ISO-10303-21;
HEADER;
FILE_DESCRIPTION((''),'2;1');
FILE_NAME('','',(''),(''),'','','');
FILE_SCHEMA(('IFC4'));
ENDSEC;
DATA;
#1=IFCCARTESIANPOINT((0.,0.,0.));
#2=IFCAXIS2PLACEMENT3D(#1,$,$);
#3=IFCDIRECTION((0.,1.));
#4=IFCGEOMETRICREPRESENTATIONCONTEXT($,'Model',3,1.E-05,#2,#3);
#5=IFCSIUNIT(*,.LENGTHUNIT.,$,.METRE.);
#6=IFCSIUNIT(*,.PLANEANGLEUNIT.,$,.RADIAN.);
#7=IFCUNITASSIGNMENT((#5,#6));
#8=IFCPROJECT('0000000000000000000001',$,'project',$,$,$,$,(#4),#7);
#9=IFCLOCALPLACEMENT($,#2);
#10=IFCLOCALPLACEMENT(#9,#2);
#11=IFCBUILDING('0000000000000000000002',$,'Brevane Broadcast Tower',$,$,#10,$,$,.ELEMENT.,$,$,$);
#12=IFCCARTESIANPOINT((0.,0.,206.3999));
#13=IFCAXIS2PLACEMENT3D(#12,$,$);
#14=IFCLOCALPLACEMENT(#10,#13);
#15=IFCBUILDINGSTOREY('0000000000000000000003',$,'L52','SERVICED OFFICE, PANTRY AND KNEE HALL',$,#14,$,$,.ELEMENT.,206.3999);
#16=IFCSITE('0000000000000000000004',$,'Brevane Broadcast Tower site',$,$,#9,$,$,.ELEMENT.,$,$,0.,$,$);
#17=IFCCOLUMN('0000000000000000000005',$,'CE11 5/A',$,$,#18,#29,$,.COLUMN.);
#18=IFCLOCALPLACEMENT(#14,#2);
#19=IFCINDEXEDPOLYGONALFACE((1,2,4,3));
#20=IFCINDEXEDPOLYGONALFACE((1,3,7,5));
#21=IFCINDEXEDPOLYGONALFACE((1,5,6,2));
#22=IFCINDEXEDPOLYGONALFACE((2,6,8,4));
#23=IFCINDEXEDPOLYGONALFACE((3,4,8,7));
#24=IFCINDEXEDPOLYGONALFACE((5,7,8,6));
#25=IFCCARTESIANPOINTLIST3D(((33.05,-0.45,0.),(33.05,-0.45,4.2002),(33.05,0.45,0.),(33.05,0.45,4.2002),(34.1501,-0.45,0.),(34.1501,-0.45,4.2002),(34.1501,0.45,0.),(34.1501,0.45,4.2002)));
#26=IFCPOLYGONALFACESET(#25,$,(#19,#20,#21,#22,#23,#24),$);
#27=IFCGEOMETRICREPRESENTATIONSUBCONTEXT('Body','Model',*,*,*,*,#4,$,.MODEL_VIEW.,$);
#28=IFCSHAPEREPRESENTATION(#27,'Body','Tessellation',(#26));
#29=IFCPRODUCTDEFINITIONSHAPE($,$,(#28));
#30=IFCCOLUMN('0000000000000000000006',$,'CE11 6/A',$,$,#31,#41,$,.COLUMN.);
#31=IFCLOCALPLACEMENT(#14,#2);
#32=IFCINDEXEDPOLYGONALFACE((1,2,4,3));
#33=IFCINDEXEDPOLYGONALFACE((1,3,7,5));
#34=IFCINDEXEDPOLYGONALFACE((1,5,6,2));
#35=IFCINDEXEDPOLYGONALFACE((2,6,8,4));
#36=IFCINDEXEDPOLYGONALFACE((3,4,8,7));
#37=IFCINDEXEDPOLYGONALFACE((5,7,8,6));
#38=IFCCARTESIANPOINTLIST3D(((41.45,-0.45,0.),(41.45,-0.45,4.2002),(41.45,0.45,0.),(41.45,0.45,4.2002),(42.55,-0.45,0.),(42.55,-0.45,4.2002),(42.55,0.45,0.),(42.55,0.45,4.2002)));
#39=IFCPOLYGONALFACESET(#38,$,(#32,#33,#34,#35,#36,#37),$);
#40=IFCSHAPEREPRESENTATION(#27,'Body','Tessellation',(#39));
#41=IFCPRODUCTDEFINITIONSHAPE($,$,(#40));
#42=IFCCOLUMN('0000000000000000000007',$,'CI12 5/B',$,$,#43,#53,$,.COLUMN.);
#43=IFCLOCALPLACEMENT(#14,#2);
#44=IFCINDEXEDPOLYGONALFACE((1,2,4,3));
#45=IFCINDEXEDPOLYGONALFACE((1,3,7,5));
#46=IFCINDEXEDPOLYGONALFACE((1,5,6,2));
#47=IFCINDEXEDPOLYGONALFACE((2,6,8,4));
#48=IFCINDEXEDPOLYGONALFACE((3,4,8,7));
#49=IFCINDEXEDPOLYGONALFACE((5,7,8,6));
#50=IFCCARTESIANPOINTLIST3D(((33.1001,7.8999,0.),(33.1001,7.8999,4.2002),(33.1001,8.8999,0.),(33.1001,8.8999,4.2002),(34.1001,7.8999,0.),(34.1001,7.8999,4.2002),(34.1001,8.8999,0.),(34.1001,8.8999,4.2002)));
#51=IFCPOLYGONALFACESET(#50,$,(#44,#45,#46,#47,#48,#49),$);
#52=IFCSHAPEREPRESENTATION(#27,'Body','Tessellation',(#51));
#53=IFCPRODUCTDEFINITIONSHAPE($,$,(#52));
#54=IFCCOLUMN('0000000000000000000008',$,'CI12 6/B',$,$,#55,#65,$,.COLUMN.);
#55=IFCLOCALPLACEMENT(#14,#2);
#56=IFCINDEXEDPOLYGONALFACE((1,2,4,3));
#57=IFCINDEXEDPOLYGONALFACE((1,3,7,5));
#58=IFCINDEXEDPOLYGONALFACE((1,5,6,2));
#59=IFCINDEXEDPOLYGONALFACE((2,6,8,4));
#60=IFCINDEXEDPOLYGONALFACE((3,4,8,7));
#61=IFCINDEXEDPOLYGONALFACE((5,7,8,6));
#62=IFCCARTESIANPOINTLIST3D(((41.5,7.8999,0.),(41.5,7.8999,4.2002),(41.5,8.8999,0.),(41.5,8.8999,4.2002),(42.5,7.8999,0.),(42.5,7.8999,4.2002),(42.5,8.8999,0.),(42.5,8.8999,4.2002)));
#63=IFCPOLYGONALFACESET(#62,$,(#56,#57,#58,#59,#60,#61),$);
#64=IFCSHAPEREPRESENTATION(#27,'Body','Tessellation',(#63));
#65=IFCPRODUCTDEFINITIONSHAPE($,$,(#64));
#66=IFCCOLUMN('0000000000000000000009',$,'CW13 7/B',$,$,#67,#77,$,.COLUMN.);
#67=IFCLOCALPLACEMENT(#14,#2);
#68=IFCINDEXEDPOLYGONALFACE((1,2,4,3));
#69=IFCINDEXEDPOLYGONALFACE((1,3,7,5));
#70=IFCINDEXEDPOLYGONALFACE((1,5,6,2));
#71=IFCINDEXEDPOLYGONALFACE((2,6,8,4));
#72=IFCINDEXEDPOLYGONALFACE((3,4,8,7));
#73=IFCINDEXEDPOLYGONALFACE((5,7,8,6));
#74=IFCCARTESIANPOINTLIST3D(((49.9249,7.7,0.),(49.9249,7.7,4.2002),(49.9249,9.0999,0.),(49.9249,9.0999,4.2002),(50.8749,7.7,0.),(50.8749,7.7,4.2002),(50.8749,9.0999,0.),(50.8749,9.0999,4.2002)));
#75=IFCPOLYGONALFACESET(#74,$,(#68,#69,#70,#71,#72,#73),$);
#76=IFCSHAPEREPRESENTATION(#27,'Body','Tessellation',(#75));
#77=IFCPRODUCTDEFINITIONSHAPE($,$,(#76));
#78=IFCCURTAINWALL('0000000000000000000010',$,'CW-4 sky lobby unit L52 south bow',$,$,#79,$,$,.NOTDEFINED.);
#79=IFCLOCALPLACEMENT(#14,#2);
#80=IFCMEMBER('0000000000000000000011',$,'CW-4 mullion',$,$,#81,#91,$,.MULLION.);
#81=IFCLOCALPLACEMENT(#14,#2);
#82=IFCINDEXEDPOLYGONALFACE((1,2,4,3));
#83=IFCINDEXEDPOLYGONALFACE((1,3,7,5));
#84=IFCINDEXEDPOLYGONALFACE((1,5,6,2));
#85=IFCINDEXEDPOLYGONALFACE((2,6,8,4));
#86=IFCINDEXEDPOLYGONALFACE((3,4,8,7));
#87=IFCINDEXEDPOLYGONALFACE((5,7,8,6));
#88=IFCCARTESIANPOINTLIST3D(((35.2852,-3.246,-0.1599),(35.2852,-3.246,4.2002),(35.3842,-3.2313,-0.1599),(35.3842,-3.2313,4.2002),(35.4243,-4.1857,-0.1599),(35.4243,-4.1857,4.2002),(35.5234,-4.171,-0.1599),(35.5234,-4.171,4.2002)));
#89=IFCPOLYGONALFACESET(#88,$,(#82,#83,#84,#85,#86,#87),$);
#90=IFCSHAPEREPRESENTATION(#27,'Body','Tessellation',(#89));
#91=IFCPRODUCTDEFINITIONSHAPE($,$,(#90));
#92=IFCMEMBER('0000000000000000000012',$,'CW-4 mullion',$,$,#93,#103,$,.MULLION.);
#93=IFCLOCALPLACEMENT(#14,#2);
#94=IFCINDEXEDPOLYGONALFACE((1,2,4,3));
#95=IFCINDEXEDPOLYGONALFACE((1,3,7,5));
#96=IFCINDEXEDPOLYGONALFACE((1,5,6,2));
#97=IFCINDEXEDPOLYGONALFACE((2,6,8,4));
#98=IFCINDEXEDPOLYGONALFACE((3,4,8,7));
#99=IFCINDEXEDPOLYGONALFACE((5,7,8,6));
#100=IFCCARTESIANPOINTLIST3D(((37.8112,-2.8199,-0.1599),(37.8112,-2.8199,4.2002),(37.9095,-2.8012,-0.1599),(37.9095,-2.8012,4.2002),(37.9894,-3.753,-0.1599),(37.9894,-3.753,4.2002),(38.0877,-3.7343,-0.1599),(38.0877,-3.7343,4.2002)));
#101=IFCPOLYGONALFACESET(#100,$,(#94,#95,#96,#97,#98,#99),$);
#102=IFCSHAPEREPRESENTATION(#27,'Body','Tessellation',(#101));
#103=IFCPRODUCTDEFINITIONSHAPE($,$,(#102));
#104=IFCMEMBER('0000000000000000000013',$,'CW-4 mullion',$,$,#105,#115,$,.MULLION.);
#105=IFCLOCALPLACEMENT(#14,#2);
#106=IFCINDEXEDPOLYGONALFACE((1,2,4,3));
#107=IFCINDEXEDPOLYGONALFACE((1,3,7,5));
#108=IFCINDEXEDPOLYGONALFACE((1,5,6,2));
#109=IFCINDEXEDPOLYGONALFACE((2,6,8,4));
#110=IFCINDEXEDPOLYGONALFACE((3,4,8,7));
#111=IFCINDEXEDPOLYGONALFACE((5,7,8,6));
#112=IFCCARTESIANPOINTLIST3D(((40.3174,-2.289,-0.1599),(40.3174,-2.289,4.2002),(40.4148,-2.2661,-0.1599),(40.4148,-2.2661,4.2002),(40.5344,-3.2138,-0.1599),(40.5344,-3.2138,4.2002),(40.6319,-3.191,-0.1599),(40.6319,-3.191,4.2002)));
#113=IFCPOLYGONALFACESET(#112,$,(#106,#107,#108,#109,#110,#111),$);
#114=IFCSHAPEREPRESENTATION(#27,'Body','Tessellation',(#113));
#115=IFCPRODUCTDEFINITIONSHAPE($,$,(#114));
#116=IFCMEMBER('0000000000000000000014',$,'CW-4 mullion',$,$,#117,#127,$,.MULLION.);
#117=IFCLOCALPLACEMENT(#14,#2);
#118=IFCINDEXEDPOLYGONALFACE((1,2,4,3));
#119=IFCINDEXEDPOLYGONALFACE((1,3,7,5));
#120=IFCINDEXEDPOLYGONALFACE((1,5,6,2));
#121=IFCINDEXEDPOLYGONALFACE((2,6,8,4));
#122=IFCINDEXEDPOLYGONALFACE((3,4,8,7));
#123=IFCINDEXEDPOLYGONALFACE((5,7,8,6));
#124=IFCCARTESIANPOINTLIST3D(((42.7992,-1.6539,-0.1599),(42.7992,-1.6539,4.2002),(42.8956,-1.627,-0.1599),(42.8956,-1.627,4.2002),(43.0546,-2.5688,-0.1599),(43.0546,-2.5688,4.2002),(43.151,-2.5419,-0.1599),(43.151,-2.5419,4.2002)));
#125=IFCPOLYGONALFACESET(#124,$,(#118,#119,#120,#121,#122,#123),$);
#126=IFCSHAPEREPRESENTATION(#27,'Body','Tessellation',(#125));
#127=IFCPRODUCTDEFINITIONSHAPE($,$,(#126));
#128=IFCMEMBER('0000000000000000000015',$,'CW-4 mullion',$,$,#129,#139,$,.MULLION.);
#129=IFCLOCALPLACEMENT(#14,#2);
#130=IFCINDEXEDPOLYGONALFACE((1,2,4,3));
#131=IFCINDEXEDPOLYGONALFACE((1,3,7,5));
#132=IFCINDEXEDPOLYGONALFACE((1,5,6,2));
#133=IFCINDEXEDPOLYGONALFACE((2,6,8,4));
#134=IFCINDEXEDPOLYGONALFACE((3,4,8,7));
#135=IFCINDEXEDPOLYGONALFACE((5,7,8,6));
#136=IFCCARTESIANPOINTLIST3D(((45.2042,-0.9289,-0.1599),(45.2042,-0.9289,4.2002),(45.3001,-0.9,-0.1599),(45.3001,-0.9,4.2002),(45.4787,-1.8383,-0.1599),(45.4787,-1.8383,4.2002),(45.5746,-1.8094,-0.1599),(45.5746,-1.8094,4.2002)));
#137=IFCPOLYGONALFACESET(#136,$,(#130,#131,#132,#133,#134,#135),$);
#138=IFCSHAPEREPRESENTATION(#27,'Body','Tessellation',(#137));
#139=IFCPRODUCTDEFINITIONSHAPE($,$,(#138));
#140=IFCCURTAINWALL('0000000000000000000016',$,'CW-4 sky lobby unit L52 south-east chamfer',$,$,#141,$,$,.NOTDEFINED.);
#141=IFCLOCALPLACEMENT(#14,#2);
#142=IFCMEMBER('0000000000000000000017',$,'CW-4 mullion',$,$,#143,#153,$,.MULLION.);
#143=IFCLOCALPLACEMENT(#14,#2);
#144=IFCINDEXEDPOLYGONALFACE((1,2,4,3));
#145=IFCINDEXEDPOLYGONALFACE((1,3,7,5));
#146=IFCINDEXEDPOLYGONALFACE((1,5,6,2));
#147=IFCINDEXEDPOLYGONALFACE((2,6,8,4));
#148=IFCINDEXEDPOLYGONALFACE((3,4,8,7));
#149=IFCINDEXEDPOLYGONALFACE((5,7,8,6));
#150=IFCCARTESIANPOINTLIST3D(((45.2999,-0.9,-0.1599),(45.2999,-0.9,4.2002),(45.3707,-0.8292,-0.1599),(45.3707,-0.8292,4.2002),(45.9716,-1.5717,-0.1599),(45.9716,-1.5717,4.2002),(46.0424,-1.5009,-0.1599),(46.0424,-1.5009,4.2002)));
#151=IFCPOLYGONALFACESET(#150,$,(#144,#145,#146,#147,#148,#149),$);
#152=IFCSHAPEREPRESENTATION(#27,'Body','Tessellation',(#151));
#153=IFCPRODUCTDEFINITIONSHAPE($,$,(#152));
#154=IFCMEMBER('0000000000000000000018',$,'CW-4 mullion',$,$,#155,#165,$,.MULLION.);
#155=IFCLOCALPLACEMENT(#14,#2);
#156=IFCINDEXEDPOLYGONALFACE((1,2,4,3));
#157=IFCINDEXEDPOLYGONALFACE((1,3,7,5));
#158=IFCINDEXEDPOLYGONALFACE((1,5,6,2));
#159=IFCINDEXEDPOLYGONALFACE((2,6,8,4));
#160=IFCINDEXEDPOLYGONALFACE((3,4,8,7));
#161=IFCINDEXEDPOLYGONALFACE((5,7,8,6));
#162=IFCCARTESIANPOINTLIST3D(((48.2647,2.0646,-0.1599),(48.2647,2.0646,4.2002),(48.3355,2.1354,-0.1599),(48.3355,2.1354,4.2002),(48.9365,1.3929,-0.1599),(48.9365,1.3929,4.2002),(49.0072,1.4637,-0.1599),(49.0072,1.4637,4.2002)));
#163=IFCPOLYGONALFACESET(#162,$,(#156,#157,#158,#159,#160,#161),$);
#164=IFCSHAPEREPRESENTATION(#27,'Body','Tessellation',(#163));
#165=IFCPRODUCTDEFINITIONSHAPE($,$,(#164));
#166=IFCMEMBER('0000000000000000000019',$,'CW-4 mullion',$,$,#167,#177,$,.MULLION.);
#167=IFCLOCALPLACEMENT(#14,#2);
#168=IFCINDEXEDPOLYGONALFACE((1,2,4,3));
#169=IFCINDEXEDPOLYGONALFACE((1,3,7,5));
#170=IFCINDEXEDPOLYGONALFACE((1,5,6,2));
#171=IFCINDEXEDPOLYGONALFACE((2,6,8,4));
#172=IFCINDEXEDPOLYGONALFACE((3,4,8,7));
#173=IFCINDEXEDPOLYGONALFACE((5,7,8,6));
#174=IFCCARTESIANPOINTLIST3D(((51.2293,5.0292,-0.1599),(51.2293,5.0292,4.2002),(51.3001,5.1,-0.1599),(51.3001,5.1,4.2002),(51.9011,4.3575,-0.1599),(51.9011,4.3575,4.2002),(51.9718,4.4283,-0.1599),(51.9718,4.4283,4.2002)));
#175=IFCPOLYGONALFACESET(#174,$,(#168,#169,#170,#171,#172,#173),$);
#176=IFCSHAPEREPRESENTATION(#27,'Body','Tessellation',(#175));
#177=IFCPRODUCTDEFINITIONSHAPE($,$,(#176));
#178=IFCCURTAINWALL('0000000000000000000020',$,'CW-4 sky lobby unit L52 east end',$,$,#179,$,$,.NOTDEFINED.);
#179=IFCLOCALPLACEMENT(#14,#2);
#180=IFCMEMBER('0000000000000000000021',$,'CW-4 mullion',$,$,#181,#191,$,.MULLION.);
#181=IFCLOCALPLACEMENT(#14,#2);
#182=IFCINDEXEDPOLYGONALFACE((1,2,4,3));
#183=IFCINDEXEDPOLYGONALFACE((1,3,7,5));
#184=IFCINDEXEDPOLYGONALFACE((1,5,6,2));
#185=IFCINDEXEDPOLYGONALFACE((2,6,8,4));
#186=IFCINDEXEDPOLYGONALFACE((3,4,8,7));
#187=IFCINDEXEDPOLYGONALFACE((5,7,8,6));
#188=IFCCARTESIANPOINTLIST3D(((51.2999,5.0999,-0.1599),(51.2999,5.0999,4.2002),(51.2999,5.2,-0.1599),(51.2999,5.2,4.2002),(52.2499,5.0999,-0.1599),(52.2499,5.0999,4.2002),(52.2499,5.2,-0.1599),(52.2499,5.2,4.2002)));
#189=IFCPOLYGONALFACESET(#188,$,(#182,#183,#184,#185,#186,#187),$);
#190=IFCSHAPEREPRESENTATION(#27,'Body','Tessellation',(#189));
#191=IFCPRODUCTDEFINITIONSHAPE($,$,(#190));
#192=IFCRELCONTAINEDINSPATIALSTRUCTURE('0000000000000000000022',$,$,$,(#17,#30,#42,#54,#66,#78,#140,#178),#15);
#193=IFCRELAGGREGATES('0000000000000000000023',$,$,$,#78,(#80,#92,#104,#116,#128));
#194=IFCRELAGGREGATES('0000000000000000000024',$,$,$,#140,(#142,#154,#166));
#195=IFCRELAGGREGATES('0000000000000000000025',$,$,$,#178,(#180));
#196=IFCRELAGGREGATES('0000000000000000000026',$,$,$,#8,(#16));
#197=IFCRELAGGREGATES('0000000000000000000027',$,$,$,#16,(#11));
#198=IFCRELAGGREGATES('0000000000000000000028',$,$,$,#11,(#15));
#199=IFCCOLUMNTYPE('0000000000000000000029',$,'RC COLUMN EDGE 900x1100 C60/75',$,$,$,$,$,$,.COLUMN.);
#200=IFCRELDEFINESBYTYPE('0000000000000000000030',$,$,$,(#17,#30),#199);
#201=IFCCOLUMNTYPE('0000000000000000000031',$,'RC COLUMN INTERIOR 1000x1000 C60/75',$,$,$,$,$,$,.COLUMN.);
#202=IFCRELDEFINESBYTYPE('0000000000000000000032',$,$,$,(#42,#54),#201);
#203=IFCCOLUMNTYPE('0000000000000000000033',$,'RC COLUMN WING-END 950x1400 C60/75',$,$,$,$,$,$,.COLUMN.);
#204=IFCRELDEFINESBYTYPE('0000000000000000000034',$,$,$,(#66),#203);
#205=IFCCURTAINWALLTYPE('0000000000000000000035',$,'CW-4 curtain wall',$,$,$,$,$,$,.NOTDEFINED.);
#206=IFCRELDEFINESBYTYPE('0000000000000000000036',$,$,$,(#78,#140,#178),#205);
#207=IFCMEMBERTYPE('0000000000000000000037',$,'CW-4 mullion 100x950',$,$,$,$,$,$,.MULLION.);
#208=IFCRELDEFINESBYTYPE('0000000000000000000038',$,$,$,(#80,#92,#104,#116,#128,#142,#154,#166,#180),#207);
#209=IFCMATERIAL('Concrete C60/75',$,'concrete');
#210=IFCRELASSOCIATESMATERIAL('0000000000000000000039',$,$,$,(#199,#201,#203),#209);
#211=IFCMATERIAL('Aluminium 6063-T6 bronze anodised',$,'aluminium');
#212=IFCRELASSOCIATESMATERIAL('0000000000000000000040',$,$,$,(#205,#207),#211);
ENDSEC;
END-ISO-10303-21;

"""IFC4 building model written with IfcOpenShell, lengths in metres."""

from ifc_helpers import new_model, si_unit, direction, frame, origin, origin_2d, place, context, subcontext, project, spatial, rectangle, extrude, material, material_profile, profile_set, type_object, element, aggregate, save


model = new_model("IFC4")

# Units and contexts
model_context = context("Model", 3, precision=1e-05, world=origin(), true_north=direction((0.0, 1.0)))
body_context = subcontext(model_context, "Body", "Model", "MODEL_VIEW")
ifc_project = project(units=[si_unit("LENGTHUNIT", "METRE"), si_unit("PLANEANGLEUNIT", "RADIAN")], contexts=[model_context])

# Site, building, storey
site_placement = place(None, origin())
site = spatial("IfcSite", under=ifc_project, at=site_placement, Name="Brevane Broadcast Tower site", CompositionType="ELEMENT", RefElevation=0.0)
building_placement = place(site_placement, origin())
building = spatial("IfcBuilding", under=site, at=building_placement, Name="Brevane Broadcast Tower", CompositionType="ELEMENT")
storey_placement = place(building_placement, frame((0.0, 0.0, 206.3999)))
storey = spatial("IfcBuildingStorey", under=building, at=storey_placement, Name="L52", Description="SERVICED OFFICE, PANTRY AND KNEE HALL", CompositionType="ELEMENT", Elevation=206.3999)

# Columns
ifc_material_1 = material(Name="Concrete C60/75", Category="concrete")
ifc_material_profile_1 = material_profile(ifc_material_1, rectangle(XDim=0.8999, YDim=1.1001, at=origin_2d()), Name="RC 900x1100")
ifc_profile_set_1 = profile_set([ifc_material_profile_1], Name="Concrete C60/75")
column_type_1 = type_object("IfcColumnType", Name="RC COLUMN EDGE 900x1100 C60/75", PredefinedType="COLUMN", material=ifc_profile_set_1)
for number, where, z_axis, x_axis, name in (
    (1, (33.6001, 0.0, 0.0), (0.0, 0.0, 1.0), (0.0, 1.0, 0.0), "CE11 5/A"),
    (2, (42.0, 0.0, 0.0), (0.0, 0.0, 1.0), (0.0, 1.0, 0.0), "CE11 6/A"),
):
    element("IfcColumn", number, at=place(storey_placement, frame(where, z_axis=z_axis, x_axis=x_axis)), inside=storey, type_object=column_type_1, Name=name, PredefinedType="COLUMN", context=body_context, shape_type="SweptSolid", body=[
        extrude(rectangle(XDim=0.8999, YDim=1.1001, at=origin_2d()), origin(), (0.0, 0.0, 1.0), 4.2002),
    ])
ifc_material_profile_2 = material_profile(ifc_material_1, rectangle(XDim=1.0, YDim=1.0, at=origin_2d()), Name="RC 1000x1000")
ifc_profile_set_2 = profile_set([ifc_material_profile_2], Name="Concrete C60/75")
column_type_2 = type_object("IfcColumnType", Name="RC COLUMN INTERIOR 1000x1000 C60/75", PredefinedType="COLUMN", material=ifc_profile_set_2)
for number, where, z_axis, x_axis, name in (
    (3, (33.6001, 8.3999, 0.0), (0.0, 0.0, 1.0), (1.0, 0.0, 0.0), "CI12 5/B"),
    (4, (42.0, 8.3999, 0.0), (0.0, 0.0, 1.0), (1.0, 0.0, 0.0), "CI12 6/B"),
):
    element("IfcColumn", number, at=place(storey_placement, frame(where, z_axis=z_axis, x_axis=x_axis)), inside=storey, type_object=column_type_2, Name=name, PredefinedType="COLUMN", context=body_context, shape_type="SweptSolid", body=[
        extrude(rectangle(XDim=1.0, YDim=1.0, at=origin_2d()), origin(), (0.0, 0.0, 1.0), 4.2002),
    ])
ifc_material_profile_3 = material_profile(ifc_material_1, rectangle(XDim=0.95, YDim=1.3999, at=origin_2d()), Name="RC 950x1400")
ifc_profile_set_3 = profile_set([ifc_material_profile_3], Name="Concrete C60/75")
column_type_3 = type_object("IfcColumnType", Name="RC COLUMN WING-END 950x1400 C60/75", PredefinedType="COLUMN", material=ifc_profile_set_3)
column_placement = place(storey_placement, frame((50.3999, 8.3999, 0.0), z_axis=(0.0, 0.0, 1.0), x_axis=(1.0, 0.0, 0.0)))
element("IfcColumn", 5, at=column_placement, inside=storey, type_object=column_type_3, Name="CW13 7/B", PredefinedType="COLUMN", context=body_context, shape_type="SweptSolid", body=[
    extrude(rectangle(XDim=0.95, YDim=1.3999, at=origin_2d()), origin(), (0.0, 0.0, 1.0), 4.2002),
])

# Curtain walls, members
ifc_material_2 = material(Name="Aluminium 6063-T6 bronze anodised", Category="aluminium")
curtain_wall_type = type_object("IfcCurtainWallType", Name="CW-4 curtain wall", PredefinedType="NOTDEFINED", material=ifc_material_2)
curtain_wall_1_placement = place(storey_placement, origin())
curtain_wall_1 = element("IfcCurtainWall", 6, at=curtain_wall_1_placement, inside=storey, type_object=curtain_wall_type, Name="CW-4 sky lobby unit L52 south bow", PredefinedType="NOTDEFINED")
ifc_material_profile_4 = material_profile(ifc_material_2, rectangle(XDim=0.95, YDim=0.1001, at=origin_2d()), Name="RECT 100x950")
ifc_profile_set_4 = profile_set([ifc_material_profile_4], Name="Aluminium 6063-T6 bronze anodised")
member_type_1 = type_object("IfcMemberType", Name="CW-4 mullion 100x950", PredefinedType="MULLION", material=ifc_profile_set_4)
member_1_placement = place(storey_placement, frame((35.4043, -3.7085, -0.1599), z_axis=(0.0, 0.0, 1.0), x_axis=(-0.146447, 0.989218, 0.0)))
member_1 = element("IfcMember", 7, at=member_1_placement, type_object=member_type_1, Name="CW-4 mullion", PredefinedType="MULLION", context=body_context, shape_type="SweptSolid", body=[
    extrude(rectangle(XDim=0.95, YDim=0.1001, at=origin_2d()), origin(), (0.0, 0.0, 1.0), 4.3601),
])
member_2_placement = place(storey_placement, frame((37.9495, -3.2771, -0.1599), z_axis=(0.0, 0.0, 1.0), x_axis=(-0.187621, 0.982242, 0.0)))
member_2 = element("IfcMember", 8, at=member_2_placement, type_object=member_type_1, Name="CW-4 mullion", PredefinedType="MULLION", context=body_context, shape_type="SweptSolid", body=[
    extrude(rectangle(XDim=0.95, YDim=0.1001, at=origin_2d()), origin(), (0.0, 0.0, 1.0), 4.3601),
])
member_3_placement = place(storey_placement, frame((40.4746, -2.74, -0.1599), z_axis=(0.0, 0.0, 1.0), x_axis=(-0.228467, 0.973552, 0.0)))
member_3 = element("IfcMember", 9, at=member_3_placement, type_object=member_type_1, Name="CW-4 mullion", PredefinedType="MULLION", context=body_context, shape_type="SweptSolid", body=[
    extrude(rectangle(XDim=0.95, YDim=0.1001, at=origin_2d()), origin(), (0.0, 0.0, 1.0), 4.3601),
])
member_4_placement = place(storey_placement, frame((42.9751, -2.0979, -0.1599), z_axis=(0.0, 0.0, 1.0), x_axis=(-0.268916, 0.963164, 0.0)))
member_4 = element("IfcMember", 10, at=member_4_placement, type_object=member_type_1, Name="CW-4 mullion", PredefinedType="MULLION", context=body_context, shape_type="SweptSolid", body=[
    extrude(rectangle(XDim=0.95, YDim=0.1001, at=origin_2d()), origin(), (0.0, 0.0, 1.0), 4.3601),
])
member_5_placement = place(storey_placement, frame((45.3894, -1.3691, -0.1599), z_axis=(0.0, 0.0, 1.0), x_axis=(-0.288968, 0.957339, 0.0)))
member_5 = element("IfcMember", 11, at=member_5_placement, type_object=member_type_1, Name="CW-4 mullion", PredefinedType="MULLION", context=body_context, shape_type="SweptSolid", body=[
    extrude(rectangle(XDim=0.95, YDim=0.1001, at=origin_2d()), origin(), (0.0, 0.0, 1.0), 4.3601),
])
curtain_wall_2_placement = place(storey_placement, origin())
curtain_wall_2 = element("IfcCurtainWall", 12, at=curtain_wall_2_placement, inside=storey, type_object=curtain_wall_type, Name="CW-4 sky lobby unit L52 south-east chamfer", PredefinedType="NOTDEFINED")
member_6_placement = place(storey_placement, frame((45.6711, -1.2004, -0.1599), z_axis=(0.0, 0.0, 1.0), x_axis=(-0.707107, 0.707107, 0.0)))
member_6 = element("IfcMember", 13, at=member_6_placement, type_object=member_type_1, Name="CW-4 mullion", PredefinedType="MULLION", context=body_context, shape_type="SweptSolid", body=[
    extrude(rectangle(XDim=0.95, YDim=0.1001, at=origin_2d()), origin(), (0.0, 0.0, 1.0), 4.3601),
])
member_7_placement = place(storey_placement, frame((48.636, 1.7642, -0.1599), z_axis=(0.0, 0.0, 1.0), x_axis=(-0.707107, 0.707107, 0.0)))
member_7 = element("IfcMember", 14, at=member_7_placement, type_object=member_type_1, Name="CW-4 mullion", PredefinedType="MULLION", context=body_context, shape_type="SweptSolid", body=[
    extrude(rectangle(XDim=0.95, YDim=0.1001, at=origin_2d()), origin(), (0.0, 0.0, 1.0), 4.3601),
])
member_8_placement = place(storey_placement, frame((51.6006, 4.7288, -0.1599), z_axis=(0.0, 0.0, 1.0), x_axis=(-0.707107, 0.707107, 0.0)))
member_8 = element("IfcMember", 15, at=member_8_placement, type_object=member_type_1, Name="CW-4 mullion", PredefinedType="MULLION", context=body_context, shape_type="SweptSolid", body=[
    extrude(rectangle(XDim=0.95, YDim=0.1001, at=origin_2d()), origin(), (0.0, 0.0, 1.0), 4.3601),
])

# Curtain wall, member
curtain_wall_3_placement = place(storey_placement, origin())
curtain_wall_3 = element("IfcCurtainWall", 16, at=curtain_wall_3_placement, inside=storey, type_object=curtain_wall_type, Name="CW-4 sky lobby unit L52 east end", PredefinedType="NOTDEFINED")
member_9_placement = place(storey_placement, frame((51.7749, 5.1499, -0.1599), z_axis=(0.0, 0.0, 1.0), x_axis=(-1.0, 0.0, 0.0)))
member_9 = element("IfcMember", 17, at=member_9_placement, type_object=member_type_1, Name="CW-4 mullion", PredefinedType="MULLION", context=body_context, shape_type="SweptSolid", body=[
    extrude(rectangle(XDim=0.95, YDim=0.1001, at=origin_2d()), origin(), (0.0, 0.0, 1.0), 4.3601),
])

aggregate(curtain_wall_1, [member_1, member_2, member_3, member_4, member_5])
aggregate(curtain_wall_2, [member_6, member_7, member_8])
aggregate(curtain_wall_3, [member_9])

save(model, "model.ifc")
